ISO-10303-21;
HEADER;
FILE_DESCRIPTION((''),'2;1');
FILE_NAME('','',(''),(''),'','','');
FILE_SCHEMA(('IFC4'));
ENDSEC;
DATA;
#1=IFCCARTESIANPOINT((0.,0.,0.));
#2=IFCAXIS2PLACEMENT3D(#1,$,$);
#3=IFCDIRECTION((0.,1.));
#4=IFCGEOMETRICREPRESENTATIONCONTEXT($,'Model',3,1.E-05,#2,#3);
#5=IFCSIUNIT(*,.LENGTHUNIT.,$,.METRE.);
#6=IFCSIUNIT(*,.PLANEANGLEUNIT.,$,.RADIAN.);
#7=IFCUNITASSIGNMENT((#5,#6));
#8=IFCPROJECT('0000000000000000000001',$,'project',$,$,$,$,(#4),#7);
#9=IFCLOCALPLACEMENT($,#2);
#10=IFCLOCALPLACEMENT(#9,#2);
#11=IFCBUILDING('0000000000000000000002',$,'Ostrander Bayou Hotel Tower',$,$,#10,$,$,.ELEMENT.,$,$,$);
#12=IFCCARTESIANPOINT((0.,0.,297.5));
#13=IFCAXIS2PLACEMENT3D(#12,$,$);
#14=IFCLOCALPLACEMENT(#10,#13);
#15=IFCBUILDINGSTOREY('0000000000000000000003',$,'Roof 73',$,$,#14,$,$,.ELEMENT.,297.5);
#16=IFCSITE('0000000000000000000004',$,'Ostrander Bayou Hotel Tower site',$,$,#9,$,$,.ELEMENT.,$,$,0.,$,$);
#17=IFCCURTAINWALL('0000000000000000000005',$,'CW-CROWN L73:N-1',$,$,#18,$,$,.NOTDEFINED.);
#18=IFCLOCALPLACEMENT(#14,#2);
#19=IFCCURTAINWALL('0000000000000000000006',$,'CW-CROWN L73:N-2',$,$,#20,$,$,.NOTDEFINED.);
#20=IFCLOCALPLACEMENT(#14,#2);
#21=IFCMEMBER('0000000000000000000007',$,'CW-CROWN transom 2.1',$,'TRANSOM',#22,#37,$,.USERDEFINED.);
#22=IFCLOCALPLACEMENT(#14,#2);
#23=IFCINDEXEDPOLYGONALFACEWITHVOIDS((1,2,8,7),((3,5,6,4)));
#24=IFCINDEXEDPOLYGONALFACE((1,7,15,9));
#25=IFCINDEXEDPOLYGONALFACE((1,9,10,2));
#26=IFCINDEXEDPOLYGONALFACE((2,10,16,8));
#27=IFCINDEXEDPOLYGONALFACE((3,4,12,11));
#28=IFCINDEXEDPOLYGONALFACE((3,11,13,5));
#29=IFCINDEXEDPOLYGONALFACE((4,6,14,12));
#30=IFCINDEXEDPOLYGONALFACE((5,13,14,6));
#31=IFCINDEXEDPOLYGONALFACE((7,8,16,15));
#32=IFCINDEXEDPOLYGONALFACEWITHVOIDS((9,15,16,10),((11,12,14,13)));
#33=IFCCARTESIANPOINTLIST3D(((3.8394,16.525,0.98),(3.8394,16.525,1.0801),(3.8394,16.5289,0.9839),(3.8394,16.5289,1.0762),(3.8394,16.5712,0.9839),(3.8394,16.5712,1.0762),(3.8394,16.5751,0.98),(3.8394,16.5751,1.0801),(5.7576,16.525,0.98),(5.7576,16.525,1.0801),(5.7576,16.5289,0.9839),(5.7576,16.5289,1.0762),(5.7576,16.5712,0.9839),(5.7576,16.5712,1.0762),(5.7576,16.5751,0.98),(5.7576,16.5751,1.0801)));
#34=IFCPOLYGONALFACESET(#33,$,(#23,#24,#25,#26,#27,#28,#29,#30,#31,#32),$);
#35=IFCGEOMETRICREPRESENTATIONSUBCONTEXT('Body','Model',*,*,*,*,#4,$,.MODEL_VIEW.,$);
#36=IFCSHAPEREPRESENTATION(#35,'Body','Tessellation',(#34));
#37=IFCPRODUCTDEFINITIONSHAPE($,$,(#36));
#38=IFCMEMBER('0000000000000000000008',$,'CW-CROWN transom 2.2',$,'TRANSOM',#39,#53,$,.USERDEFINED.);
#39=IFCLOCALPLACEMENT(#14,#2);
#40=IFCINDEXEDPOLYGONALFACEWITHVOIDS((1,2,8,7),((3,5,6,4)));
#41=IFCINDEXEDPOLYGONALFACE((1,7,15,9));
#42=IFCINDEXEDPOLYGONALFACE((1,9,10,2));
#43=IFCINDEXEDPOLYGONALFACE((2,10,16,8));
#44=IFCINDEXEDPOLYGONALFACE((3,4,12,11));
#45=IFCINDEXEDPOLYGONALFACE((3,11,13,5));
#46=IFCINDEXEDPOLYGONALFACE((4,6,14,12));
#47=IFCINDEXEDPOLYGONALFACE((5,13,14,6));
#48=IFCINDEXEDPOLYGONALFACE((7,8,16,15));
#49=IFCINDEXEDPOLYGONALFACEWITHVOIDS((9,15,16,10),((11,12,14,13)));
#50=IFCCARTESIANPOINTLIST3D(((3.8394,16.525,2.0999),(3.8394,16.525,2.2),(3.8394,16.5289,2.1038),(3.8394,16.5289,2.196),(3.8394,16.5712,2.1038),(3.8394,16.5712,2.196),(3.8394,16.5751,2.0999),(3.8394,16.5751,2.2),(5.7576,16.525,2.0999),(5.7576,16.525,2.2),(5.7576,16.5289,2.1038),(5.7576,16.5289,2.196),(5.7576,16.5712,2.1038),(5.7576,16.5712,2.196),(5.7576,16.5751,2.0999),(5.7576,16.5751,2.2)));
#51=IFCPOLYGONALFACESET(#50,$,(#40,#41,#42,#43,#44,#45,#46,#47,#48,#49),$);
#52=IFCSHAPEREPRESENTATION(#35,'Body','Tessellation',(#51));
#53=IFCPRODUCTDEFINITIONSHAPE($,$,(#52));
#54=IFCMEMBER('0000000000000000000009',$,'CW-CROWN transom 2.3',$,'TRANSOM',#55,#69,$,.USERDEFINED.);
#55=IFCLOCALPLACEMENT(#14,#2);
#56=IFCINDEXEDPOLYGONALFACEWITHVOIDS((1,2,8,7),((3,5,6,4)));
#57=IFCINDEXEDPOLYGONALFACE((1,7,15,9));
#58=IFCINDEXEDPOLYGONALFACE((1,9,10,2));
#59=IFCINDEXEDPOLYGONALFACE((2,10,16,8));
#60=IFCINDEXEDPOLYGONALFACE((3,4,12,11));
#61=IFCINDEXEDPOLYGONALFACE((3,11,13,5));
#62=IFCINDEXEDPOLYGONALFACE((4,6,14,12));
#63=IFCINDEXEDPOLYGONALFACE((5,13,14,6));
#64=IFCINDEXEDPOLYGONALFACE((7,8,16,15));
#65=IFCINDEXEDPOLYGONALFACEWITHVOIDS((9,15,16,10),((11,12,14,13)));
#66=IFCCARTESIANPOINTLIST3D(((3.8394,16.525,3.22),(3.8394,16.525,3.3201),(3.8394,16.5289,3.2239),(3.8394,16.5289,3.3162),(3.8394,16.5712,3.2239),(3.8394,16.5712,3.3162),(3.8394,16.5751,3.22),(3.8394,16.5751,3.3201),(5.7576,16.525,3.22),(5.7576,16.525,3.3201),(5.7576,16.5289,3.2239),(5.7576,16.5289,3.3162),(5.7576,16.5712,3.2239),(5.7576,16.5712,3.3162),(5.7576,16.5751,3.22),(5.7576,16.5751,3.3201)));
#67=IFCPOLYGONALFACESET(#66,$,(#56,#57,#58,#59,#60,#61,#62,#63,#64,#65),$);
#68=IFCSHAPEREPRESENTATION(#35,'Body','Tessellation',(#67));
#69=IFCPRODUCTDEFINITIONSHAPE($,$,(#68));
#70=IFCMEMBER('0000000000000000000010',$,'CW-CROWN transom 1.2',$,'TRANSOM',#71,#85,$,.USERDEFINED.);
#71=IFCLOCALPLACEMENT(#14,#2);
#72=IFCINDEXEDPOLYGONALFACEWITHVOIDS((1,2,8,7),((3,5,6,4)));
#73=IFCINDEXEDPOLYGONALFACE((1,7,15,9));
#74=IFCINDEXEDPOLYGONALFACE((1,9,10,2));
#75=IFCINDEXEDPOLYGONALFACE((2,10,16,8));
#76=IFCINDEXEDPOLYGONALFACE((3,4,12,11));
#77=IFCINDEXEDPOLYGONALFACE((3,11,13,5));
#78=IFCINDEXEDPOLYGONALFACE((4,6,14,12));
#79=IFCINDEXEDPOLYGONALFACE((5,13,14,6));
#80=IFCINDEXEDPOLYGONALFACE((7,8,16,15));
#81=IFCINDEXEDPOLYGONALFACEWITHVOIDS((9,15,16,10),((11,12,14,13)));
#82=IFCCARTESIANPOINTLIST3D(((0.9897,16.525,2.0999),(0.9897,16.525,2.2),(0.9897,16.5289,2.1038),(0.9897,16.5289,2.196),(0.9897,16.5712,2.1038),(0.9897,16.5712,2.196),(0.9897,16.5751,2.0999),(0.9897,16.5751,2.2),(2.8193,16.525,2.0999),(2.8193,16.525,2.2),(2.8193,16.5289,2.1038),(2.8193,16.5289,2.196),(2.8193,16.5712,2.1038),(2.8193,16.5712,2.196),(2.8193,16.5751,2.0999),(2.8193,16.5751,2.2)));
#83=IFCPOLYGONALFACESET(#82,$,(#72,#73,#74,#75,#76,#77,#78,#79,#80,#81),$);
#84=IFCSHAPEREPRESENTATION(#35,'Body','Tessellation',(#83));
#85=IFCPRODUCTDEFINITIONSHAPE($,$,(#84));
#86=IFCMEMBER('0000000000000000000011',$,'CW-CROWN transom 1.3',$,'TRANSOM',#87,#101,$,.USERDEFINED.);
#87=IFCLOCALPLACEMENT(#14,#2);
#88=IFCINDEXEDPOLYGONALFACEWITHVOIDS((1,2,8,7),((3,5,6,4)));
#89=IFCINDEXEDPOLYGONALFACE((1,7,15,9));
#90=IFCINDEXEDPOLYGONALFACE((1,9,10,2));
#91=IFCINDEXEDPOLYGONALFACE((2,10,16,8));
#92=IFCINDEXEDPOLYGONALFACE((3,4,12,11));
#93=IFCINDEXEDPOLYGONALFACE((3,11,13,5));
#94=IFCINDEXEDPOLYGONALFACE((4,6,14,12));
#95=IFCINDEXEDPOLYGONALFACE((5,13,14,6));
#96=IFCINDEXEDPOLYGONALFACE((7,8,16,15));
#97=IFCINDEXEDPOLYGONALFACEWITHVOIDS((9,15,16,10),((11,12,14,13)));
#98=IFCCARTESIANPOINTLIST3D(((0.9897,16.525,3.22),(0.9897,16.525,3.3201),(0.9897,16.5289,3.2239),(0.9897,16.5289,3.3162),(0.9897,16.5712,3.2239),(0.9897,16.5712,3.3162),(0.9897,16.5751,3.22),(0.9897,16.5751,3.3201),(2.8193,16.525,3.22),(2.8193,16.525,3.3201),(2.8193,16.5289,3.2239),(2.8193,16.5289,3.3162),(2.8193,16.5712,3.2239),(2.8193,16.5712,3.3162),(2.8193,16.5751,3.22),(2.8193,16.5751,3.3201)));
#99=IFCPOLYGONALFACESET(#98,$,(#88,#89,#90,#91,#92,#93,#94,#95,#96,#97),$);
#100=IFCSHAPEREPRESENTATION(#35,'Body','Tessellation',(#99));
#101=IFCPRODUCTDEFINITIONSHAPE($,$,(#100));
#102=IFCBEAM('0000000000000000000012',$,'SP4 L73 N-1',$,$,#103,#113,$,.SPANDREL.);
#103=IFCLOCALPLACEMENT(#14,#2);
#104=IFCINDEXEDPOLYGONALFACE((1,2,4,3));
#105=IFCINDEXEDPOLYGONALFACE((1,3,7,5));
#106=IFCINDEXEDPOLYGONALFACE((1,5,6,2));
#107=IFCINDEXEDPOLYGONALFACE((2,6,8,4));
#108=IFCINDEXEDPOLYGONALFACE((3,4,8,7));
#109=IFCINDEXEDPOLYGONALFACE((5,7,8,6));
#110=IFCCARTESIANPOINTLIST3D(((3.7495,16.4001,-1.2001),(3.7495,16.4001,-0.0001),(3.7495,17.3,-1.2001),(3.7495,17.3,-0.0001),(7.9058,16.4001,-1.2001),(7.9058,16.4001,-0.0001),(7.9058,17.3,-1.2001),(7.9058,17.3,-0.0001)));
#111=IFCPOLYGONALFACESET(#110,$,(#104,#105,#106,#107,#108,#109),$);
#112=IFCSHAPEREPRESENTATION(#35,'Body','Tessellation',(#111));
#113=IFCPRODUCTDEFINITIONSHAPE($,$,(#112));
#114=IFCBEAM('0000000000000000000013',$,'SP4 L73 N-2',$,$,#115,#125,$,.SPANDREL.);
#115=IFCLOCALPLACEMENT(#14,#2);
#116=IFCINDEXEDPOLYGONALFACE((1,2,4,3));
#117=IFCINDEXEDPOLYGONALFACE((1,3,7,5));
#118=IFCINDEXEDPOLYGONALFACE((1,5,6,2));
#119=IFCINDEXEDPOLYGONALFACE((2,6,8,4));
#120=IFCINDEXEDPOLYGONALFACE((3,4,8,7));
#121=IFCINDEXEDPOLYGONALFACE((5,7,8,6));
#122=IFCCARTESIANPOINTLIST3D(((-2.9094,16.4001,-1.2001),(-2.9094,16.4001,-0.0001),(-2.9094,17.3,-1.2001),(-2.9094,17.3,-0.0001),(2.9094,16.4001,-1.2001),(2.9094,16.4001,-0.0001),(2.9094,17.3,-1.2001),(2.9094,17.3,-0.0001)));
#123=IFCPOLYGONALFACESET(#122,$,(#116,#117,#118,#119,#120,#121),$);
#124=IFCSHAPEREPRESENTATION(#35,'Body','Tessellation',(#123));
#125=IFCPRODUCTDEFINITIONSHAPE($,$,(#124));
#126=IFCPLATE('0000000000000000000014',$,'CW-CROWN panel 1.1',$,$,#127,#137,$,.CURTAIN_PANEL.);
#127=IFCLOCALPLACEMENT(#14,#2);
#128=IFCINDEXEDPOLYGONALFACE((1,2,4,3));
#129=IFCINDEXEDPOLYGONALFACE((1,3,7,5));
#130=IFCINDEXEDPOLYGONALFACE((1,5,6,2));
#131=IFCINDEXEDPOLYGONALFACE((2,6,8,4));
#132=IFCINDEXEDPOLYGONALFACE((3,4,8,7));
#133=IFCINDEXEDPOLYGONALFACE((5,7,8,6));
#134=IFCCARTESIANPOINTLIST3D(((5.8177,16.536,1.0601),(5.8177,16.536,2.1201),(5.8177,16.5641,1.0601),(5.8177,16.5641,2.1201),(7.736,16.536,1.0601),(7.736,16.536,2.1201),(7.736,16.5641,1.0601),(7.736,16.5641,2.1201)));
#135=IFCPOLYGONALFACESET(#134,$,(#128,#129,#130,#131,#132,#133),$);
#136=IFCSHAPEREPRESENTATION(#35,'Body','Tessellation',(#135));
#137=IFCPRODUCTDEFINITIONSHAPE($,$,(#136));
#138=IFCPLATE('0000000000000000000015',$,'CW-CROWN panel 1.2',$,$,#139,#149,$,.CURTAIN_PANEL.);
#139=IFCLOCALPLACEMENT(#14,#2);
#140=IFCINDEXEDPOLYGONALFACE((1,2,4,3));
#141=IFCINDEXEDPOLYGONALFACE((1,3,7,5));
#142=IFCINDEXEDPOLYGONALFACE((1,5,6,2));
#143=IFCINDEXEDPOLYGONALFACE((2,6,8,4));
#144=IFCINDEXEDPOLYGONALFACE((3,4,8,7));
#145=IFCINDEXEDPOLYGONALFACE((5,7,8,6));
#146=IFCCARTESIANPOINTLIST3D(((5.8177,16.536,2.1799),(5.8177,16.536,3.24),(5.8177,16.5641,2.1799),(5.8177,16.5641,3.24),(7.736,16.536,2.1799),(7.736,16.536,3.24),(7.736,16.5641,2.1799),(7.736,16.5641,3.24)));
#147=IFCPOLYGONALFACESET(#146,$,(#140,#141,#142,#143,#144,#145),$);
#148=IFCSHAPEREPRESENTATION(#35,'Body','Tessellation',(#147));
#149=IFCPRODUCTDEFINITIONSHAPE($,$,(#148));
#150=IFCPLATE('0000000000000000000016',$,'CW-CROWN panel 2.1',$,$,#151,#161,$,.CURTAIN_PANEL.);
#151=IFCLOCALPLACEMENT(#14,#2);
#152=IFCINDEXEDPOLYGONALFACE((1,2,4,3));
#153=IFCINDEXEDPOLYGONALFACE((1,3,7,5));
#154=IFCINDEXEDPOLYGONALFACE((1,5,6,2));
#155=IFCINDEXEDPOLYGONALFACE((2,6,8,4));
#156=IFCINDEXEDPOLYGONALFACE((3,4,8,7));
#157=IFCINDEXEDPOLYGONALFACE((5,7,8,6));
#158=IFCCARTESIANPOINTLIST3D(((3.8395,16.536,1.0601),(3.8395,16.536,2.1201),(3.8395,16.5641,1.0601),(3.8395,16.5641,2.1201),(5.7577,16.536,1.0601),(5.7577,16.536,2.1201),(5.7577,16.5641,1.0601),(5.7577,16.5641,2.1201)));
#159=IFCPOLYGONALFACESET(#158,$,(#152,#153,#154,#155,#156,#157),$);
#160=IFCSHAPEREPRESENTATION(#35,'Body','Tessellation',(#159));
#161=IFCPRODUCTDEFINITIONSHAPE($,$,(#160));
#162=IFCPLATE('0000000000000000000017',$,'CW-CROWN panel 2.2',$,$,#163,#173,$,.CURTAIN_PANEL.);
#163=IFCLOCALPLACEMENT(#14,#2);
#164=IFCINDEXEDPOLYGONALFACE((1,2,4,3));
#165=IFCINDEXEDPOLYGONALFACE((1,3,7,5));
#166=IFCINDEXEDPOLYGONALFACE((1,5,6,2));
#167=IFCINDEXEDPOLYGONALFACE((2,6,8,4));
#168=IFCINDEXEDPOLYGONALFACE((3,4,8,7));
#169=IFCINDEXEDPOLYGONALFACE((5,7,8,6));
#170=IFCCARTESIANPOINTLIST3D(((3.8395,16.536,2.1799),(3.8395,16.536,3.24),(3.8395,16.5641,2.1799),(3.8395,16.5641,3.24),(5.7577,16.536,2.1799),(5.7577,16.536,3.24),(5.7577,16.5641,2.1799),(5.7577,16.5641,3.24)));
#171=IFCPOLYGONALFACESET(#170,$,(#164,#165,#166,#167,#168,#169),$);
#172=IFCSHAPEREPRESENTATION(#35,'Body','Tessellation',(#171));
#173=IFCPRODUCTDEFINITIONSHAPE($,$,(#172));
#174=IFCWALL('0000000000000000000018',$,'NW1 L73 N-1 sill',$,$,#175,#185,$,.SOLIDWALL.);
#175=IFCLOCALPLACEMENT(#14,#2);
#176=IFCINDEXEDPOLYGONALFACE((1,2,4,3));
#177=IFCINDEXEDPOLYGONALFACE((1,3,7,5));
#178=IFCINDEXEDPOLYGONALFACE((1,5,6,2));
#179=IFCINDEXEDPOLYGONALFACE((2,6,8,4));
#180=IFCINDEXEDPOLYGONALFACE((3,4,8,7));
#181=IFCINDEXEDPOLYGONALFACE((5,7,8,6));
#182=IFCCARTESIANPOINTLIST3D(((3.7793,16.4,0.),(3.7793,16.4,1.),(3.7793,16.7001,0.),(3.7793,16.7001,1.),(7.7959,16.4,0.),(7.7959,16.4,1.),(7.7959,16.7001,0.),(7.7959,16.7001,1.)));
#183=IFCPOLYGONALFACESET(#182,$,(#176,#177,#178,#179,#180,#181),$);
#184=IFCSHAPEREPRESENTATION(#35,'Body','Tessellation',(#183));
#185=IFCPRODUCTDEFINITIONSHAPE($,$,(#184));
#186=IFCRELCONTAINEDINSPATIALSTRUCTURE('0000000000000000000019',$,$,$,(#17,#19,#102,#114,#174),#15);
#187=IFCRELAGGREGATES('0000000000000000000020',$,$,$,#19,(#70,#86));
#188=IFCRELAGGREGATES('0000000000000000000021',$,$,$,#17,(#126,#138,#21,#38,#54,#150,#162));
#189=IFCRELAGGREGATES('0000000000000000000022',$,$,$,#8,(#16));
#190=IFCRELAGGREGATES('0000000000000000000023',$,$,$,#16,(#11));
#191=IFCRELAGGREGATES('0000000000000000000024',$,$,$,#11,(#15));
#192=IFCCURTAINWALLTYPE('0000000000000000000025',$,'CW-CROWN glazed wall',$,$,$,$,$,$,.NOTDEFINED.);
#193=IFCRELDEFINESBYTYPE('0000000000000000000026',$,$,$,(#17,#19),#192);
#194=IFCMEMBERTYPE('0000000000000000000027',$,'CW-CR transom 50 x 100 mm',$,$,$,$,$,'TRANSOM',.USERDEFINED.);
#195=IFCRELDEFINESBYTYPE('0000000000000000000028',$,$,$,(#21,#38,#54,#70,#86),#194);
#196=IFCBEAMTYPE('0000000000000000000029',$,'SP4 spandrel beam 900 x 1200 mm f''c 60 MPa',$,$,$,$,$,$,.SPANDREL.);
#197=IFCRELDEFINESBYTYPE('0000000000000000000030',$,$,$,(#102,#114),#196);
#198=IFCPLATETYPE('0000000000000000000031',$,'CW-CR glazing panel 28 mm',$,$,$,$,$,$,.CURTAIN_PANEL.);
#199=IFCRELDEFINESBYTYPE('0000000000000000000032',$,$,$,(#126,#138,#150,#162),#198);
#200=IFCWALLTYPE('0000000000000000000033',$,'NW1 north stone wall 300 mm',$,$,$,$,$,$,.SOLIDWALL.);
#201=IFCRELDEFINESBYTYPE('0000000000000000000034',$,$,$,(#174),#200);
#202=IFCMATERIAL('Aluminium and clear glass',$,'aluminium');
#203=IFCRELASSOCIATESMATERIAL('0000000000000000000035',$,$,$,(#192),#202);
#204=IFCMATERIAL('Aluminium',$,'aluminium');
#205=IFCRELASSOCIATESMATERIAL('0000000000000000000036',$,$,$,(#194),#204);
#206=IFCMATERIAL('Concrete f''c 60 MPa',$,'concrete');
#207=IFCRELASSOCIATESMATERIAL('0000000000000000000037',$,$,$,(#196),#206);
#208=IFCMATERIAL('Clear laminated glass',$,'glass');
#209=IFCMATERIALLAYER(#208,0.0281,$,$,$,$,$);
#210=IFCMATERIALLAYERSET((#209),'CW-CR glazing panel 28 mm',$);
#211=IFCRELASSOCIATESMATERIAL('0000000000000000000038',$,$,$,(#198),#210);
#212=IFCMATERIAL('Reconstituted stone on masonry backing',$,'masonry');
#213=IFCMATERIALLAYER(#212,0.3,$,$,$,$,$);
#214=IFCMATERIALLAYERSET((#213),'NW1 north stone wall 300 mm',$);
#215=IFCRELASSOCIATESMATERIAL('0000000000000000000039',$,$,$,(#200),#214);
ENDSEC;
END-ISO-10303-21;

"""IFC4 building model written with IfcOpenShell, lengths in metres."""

from ifc_helpers import new_model, si_unit, direction, frame, frame_2d, origin, origin_2d, place, context, subcontext, project, spatial, rectangle, hollow_rectangle, extrude, material, layer, layer_set, material_profile, profile_set, type_object, element, aggregate, save


model = new_model("IFC4")

# Units and contexts
model_context = context("Model", 3, precision=1e-05, world=origin(), true_north=direction((0.0, 1.0)))
body_context = subcontext(model_context, "Body", "Model", "MODEL_VIEW")
ifc_project = project(units=[si_unit("LENGTHUNIT", "METRE"), si_unit("PLANEANGLEUNIT", "RADIAN")], contexts=[model_context])

# Site, building, storey
site_placement = place(None, origin())
site = spatial("IfcSite", under=ifc_project, at=site_placement, Name="Ostrander Bayou Hotel Tower site", CompositionType="ELEMENT", RefElevation=0.0)
building_placement = place(site_placement, origin())
building = spatial("IfcBuilding", under=site, at=building_placement, Name="Ostrander Bayou Hotel Tower", CompositionType="ELEMENT")
storey_placement = place(building_placement, frame((0.0, 0.0, 297.5)))
storey = spatial("IfcBuildingStorey", under=building, at=storey_placement, Name="Roof 73", CompositionType="ELEMENT", Elevation=297.5)

# Curtain wall
ifc_material_1 = material(Name="Aluminium and clear glass", Category="aluminium")
curtain_wall_type = type_object("IfcCurtainWallType", Name="CW-CROWN glazed wall", PredefinedType="NOTDEFINED", material=ifc_material_1)
curtain_wall_1_placement = place(storey_placement, origin())
curtain_wall_1 = element("IfcCurtainWall", 1, at=curtain_wall_1_placement, inside=storey, type_object=curtain_wall_type, Name="CW-CROWN L73:N-1", PredefinedType="NOTDEFINED")

# Curtain wall
curtain_wall_2_placement = place(storey_placement, origin())
curtain_wall_2 = element("IfcCurtainWall", 2, at=curtain_wall_2_placement, inside=storey, type_object=curtain_wall_type, Name="CW-CROWN L73:N-2", PredefinedType="NOTDEFINED")

# Members
ifc_material_2 = material(Name="Aluminium", Category="aluminium")
ifc_material_profile_1 = material_profile(ifc_material_2, hollow_rectangle(XDim=0.05, YDim=0.1001, WallThickness=0.0039, at=origin_2d()))
ifc_profile_set_1 = profile_set([ifc_material_profile_1], Name="Aluminium")
member_type_1 = type_object("IfcMemberType", Name="CW-CR transom 50 x 100 mm", ElementType="TRANSOM", PredefinedType="USERDEFINED", material=ifc_profile_set_1)
member_1_placement = place(storey_placement, frame((5.7576, 16.55, 1.03), z_axis=(-1.0, 0.0, 0.0), x_axis=(0.0, -1.0, 0.0)))
member_1 = element("IfcMember", 3, at=member_1_placement, type_object=member_type_1, Name="CW-CROWN transom 2.1", ObjectType="TRANSOM", PredefinedType="USERDEFINED", context=body_context, shape_type="SweptSolid", body=[
    extrude(hollow_rectangle(XDim=0.05, YDim=0.1001, WallThickness=0.0039, at=origin_2d()), origin(), (0.0, 0.0, 1.0), 1.9182),
])
member_2_placement = place(storey_placement, frame((5.7576, 16.55, 2.1499), z_axis=(-1.0, 0.0, 0.0), x_axis=(0.0, -1.0, 0.0)))
member_2 = element("IfcMember", 4, at=member_2_placement, type_object=member_type_1, Name="CW-CROWN transom 2.2", ObjectType="TRANSOM", PredefinedType="USERDEFINED", context=body_context, shape_type="SweptSolid", body=[
    extrude(hollow_rectangle(XDim=0.05, YDim=0.1001, WallThickness=0.0039, at=origin_2d()), origin(), (0.0, 0.0, 1.0), 1.9182),
])
member_3_placement = place(storey_placement, frame((5.7576, 16.55, 3.27), z_axis=(-1.0, 0.0, 0.0), x_axis=(0.0, -1.0, 0.0)))
member_3 = element("IfcMember", 5, at=member_3_placement, type_object=member_type_1, Name="CW-CROWN transom 2.3", ObjectType="TRANSOM", PredefinedType="USERDEFINED", context=body_context, shape_type="SweptSolid", body=[
    extrude(hollow_rectangle(XDim=0.05, YDim=0.1001, WallThickness=0.0039, at=origin_2d()), origin(), (0.0, 0.0, 1.0), 1.9182),
])
member_4_placement = place(storey_placement, frame((2.8193, 16.55, 2.1499), z_axis=(-1.0, 0.0, 0.0), x_axis=(0.0, -1.0, 0.0)))
member_4 = element("IfcMember", 6, at=member_4_placement, type_object=member_type_1, Name="CW-CROWN transom 1.2", ObjectType="TRANSOM", PredefinedType="USERDEFINED", context=body_context, shape_type="SweptSolid", body=[
    extrude(hollow_rectangle(XDim=0.05, YDim=0.1001, WallThickness=0.0039, at=origin_2d()), origin(), (0.0, 0.0, 1.0), 1.8296),
])
member_5_placement = place(storey_placement, frame((2.8193, 16.55, 3.27), z_axis=(-1.0, 0.0, 0.0), x_axis=(0.0, -1.0, 0.0)))
member_5 = element("IfcMember", 7, at=member_5_placement, type_object=member_type_1, Name="CW-CROWN transom 1.3", ObjectType="TRANSOM", PredefinedType="USERDEFINED", context=body_context, shape_type="SweptSolid", body=[
    extrude(hollow_rectangle(XDim=0.05, YDim=0.1001, WallThickness=0.0039, at=origin_2d()), origin(), (0.0, 0.0, 1.0), 1.8296),
])
aggregate(curtain_wall_2, [member_4, member_5])

# Beams
ifc_material_3 = material(Name="Concrete f'c 60 MPa", Category="concrete")
ifc_material_profile_2 = material_profile(ifc_material_3, rectangle(XDim=0.8999, YDim=1.2, at=origin_2d()))
ifc_profile_set_2 = profile_set([ifc_material_profile_2], Name="Concrete f'c 60 MPa")
beam_type = type_object("IfcBeamType", Name="SP4 spandrel beam 900 x 1200 mm f'c 60 MPa", PredefinedType="SPANDREL", material=ifc_profile_set_2)
beam_1_placement = place(storey_placement, frame((7.9058, 16.8501, -0.6001), z_axis=(-1.0, 0.0, 0.0), x_axis=(0.0, -1.0, 0.0)))
element("IfcBeam", 8, at=beam_1_placement, inside=storey, type_object=beam_type, Name="SP4 L73 N-1", PredefinedType="SPANDREL", context=body_context, shape_type="SweptSolid", body=[
    extrude(rectangle(XDim=0.8999, YDim=1.2, at=origin_2d()), origin(), (0.0, 0.0, 1.0), 4.1562),
])
beam_2_placement = place(storey_placement, frame((2.9094, 16.8501, -0.6001), z_axis=(-1.0, 0.0, 0.0), x_axis=(0.0, -1.0, 0.0)))
element("IfcBeam", 9, at=beam_2_placement, inside=storey, type_object=beam_type, Name="SP4 L73 N-2", PredefinedType="SPANDREL", context=body_context, shape_type="SweptSolid", body=[
    extrude(rectangle(XDim=0.8999, YDim=1.2, at=origin_2d()), origin(), (0.0, 0.0, 1.0), 5.8188),
])

# Plates
ifc_material_4 = material(Name="Clear laminated glass", Category="glass")
ifc_layer_1 = layer(ifc_material_4, 0.0281)
ifc_layer_set_1 = layer_set([ifc_layer_1], Name="CW-CR glazing panel 28 mm")
plate_type = type_object("IfcPlateType", Name="CW-CR glazing panel 28 mm", PredefinedType="CURTAIN_PANEL", material=ifc_layer_set_1)
plate_1_placement = place(storey_placement, frame((6.7769, 16.55, 1.0601), z_axis=(0.0, 0.0, 1.0), x_axis=(-1.0, 0.0, 0.0)))
plate_1 = element("IfcPlate", 10, at=plate_1_placement, type_object=plate_type, Name="CW-CROWN panel 1.1", PredefinedType="CURTAIN_PANEL", context=body_context, shape_type="SweptSolid", body=[
    extrude(rectangle(XDim=1.9182, YDim=0.0281, at=origin_2d()), origin(), (0.0, 0.0, 1.0), 1.0601),
])
plate_2_placement = place(storey_placement, frame((6.7769, 16.55, 2.1799), z_axis=(0.0, 0.0, 1.0), x_axis=(-1.0, 0.0, 0.0)))
plate_2 = element("IfcPlate", 11, at=plate_2_placement, type_object=plate_type, Name="CW-CROWN panel 1.2", PredefinedType="CURTAIN_PANEL", context=body_context, shape_type="SweptSolid", body=[
    extrude(rectangle(XDim=1.9182, YDim=0.0281, at=origin_2d()), origin(), (0.0, 0.0, 1.0), 1.0601),
])
plate_3_placement = place(storey_placement, frame((4.7986, 16.55, 1.0601), z_axis=(0.0, 0.0, 1.0), x_axis=(-1.0, 0.0, 0.0)))
plate_3 = element("IfcPlate", 12, at=plate_3_placement, type_object=plate_type, Name="CW-CROWN panel 2.1", PredefinedType="CURTAIN_PANEL", context=body_context, shape_type="SweptSolid", body=[
    extrude(rectangle(XDim=1.9182, YDim=0.0281, at=origin_2d()), origin(), (0.0, 0.0, 1.0), 1.0601),
])
plate_4_placement = place(storey_placement, frame((4.7986, 16.55, 2.1799), z_axis=(0.0, 0.0, 1.0), x_axis=(-1.0, 0.0, 0.0)))
plate_4 = element("IfcPlate", 13, at=plate_4_placement, type_object=plate_type, Name="CW-CROWN panel 2.2", PredefinedType="CURTAIN_PANEL", context=body_context, shape_type="SweptSolid", body=[
    extrude(rectangle(XDim=1.9182, YDim=0.0281, at=origin_2d()), origin(), (0.0, 0.0, 1.0), 1.0601),
])
aggregate(curtain_wall_1, [plate_1, plate_2, member_1, member_2, member_3, plate_3, plate_4])

# Wall
ifc_material_5 = material(Name="Reconstituted stone on masonry backing", Category="masonry")
ifc_layer_2 = layer(ifc_material_5, 0.3)
ifc_layer_set_2 = layer_set([ifc_layer_2], Name="NW1 north stone wall 300 mm")
wall_type = type_object("IfcWallType", Name="NW1 north stone wall 300 mm", PredefinedType="SOLIDWALL", material=ifc_layer_set_2)
wall_1_placement = place(storey_placement, frame((7.7959, 16.55, 0.0), z_axis=(0.0, 0.0, 1.0), x_axis=(-1.0, 0.0, 0.0)))
element("IfcWall", 14, at=wall_1_placement, inside=storey, type_object=wall_type, Name="NW1 L73 N-1 sill", PredefinedType="SOLIDWALL", context=body_context, shape_type="SweptSolid", body=[
    extrude(rectangle(XDim=4.0166, YDim=0.3, at=frame_2d((2.0083, 0.0))), origin(), (0.0, 0.0, 1.0), 1.0),
])

save(model, "model.ifc")
